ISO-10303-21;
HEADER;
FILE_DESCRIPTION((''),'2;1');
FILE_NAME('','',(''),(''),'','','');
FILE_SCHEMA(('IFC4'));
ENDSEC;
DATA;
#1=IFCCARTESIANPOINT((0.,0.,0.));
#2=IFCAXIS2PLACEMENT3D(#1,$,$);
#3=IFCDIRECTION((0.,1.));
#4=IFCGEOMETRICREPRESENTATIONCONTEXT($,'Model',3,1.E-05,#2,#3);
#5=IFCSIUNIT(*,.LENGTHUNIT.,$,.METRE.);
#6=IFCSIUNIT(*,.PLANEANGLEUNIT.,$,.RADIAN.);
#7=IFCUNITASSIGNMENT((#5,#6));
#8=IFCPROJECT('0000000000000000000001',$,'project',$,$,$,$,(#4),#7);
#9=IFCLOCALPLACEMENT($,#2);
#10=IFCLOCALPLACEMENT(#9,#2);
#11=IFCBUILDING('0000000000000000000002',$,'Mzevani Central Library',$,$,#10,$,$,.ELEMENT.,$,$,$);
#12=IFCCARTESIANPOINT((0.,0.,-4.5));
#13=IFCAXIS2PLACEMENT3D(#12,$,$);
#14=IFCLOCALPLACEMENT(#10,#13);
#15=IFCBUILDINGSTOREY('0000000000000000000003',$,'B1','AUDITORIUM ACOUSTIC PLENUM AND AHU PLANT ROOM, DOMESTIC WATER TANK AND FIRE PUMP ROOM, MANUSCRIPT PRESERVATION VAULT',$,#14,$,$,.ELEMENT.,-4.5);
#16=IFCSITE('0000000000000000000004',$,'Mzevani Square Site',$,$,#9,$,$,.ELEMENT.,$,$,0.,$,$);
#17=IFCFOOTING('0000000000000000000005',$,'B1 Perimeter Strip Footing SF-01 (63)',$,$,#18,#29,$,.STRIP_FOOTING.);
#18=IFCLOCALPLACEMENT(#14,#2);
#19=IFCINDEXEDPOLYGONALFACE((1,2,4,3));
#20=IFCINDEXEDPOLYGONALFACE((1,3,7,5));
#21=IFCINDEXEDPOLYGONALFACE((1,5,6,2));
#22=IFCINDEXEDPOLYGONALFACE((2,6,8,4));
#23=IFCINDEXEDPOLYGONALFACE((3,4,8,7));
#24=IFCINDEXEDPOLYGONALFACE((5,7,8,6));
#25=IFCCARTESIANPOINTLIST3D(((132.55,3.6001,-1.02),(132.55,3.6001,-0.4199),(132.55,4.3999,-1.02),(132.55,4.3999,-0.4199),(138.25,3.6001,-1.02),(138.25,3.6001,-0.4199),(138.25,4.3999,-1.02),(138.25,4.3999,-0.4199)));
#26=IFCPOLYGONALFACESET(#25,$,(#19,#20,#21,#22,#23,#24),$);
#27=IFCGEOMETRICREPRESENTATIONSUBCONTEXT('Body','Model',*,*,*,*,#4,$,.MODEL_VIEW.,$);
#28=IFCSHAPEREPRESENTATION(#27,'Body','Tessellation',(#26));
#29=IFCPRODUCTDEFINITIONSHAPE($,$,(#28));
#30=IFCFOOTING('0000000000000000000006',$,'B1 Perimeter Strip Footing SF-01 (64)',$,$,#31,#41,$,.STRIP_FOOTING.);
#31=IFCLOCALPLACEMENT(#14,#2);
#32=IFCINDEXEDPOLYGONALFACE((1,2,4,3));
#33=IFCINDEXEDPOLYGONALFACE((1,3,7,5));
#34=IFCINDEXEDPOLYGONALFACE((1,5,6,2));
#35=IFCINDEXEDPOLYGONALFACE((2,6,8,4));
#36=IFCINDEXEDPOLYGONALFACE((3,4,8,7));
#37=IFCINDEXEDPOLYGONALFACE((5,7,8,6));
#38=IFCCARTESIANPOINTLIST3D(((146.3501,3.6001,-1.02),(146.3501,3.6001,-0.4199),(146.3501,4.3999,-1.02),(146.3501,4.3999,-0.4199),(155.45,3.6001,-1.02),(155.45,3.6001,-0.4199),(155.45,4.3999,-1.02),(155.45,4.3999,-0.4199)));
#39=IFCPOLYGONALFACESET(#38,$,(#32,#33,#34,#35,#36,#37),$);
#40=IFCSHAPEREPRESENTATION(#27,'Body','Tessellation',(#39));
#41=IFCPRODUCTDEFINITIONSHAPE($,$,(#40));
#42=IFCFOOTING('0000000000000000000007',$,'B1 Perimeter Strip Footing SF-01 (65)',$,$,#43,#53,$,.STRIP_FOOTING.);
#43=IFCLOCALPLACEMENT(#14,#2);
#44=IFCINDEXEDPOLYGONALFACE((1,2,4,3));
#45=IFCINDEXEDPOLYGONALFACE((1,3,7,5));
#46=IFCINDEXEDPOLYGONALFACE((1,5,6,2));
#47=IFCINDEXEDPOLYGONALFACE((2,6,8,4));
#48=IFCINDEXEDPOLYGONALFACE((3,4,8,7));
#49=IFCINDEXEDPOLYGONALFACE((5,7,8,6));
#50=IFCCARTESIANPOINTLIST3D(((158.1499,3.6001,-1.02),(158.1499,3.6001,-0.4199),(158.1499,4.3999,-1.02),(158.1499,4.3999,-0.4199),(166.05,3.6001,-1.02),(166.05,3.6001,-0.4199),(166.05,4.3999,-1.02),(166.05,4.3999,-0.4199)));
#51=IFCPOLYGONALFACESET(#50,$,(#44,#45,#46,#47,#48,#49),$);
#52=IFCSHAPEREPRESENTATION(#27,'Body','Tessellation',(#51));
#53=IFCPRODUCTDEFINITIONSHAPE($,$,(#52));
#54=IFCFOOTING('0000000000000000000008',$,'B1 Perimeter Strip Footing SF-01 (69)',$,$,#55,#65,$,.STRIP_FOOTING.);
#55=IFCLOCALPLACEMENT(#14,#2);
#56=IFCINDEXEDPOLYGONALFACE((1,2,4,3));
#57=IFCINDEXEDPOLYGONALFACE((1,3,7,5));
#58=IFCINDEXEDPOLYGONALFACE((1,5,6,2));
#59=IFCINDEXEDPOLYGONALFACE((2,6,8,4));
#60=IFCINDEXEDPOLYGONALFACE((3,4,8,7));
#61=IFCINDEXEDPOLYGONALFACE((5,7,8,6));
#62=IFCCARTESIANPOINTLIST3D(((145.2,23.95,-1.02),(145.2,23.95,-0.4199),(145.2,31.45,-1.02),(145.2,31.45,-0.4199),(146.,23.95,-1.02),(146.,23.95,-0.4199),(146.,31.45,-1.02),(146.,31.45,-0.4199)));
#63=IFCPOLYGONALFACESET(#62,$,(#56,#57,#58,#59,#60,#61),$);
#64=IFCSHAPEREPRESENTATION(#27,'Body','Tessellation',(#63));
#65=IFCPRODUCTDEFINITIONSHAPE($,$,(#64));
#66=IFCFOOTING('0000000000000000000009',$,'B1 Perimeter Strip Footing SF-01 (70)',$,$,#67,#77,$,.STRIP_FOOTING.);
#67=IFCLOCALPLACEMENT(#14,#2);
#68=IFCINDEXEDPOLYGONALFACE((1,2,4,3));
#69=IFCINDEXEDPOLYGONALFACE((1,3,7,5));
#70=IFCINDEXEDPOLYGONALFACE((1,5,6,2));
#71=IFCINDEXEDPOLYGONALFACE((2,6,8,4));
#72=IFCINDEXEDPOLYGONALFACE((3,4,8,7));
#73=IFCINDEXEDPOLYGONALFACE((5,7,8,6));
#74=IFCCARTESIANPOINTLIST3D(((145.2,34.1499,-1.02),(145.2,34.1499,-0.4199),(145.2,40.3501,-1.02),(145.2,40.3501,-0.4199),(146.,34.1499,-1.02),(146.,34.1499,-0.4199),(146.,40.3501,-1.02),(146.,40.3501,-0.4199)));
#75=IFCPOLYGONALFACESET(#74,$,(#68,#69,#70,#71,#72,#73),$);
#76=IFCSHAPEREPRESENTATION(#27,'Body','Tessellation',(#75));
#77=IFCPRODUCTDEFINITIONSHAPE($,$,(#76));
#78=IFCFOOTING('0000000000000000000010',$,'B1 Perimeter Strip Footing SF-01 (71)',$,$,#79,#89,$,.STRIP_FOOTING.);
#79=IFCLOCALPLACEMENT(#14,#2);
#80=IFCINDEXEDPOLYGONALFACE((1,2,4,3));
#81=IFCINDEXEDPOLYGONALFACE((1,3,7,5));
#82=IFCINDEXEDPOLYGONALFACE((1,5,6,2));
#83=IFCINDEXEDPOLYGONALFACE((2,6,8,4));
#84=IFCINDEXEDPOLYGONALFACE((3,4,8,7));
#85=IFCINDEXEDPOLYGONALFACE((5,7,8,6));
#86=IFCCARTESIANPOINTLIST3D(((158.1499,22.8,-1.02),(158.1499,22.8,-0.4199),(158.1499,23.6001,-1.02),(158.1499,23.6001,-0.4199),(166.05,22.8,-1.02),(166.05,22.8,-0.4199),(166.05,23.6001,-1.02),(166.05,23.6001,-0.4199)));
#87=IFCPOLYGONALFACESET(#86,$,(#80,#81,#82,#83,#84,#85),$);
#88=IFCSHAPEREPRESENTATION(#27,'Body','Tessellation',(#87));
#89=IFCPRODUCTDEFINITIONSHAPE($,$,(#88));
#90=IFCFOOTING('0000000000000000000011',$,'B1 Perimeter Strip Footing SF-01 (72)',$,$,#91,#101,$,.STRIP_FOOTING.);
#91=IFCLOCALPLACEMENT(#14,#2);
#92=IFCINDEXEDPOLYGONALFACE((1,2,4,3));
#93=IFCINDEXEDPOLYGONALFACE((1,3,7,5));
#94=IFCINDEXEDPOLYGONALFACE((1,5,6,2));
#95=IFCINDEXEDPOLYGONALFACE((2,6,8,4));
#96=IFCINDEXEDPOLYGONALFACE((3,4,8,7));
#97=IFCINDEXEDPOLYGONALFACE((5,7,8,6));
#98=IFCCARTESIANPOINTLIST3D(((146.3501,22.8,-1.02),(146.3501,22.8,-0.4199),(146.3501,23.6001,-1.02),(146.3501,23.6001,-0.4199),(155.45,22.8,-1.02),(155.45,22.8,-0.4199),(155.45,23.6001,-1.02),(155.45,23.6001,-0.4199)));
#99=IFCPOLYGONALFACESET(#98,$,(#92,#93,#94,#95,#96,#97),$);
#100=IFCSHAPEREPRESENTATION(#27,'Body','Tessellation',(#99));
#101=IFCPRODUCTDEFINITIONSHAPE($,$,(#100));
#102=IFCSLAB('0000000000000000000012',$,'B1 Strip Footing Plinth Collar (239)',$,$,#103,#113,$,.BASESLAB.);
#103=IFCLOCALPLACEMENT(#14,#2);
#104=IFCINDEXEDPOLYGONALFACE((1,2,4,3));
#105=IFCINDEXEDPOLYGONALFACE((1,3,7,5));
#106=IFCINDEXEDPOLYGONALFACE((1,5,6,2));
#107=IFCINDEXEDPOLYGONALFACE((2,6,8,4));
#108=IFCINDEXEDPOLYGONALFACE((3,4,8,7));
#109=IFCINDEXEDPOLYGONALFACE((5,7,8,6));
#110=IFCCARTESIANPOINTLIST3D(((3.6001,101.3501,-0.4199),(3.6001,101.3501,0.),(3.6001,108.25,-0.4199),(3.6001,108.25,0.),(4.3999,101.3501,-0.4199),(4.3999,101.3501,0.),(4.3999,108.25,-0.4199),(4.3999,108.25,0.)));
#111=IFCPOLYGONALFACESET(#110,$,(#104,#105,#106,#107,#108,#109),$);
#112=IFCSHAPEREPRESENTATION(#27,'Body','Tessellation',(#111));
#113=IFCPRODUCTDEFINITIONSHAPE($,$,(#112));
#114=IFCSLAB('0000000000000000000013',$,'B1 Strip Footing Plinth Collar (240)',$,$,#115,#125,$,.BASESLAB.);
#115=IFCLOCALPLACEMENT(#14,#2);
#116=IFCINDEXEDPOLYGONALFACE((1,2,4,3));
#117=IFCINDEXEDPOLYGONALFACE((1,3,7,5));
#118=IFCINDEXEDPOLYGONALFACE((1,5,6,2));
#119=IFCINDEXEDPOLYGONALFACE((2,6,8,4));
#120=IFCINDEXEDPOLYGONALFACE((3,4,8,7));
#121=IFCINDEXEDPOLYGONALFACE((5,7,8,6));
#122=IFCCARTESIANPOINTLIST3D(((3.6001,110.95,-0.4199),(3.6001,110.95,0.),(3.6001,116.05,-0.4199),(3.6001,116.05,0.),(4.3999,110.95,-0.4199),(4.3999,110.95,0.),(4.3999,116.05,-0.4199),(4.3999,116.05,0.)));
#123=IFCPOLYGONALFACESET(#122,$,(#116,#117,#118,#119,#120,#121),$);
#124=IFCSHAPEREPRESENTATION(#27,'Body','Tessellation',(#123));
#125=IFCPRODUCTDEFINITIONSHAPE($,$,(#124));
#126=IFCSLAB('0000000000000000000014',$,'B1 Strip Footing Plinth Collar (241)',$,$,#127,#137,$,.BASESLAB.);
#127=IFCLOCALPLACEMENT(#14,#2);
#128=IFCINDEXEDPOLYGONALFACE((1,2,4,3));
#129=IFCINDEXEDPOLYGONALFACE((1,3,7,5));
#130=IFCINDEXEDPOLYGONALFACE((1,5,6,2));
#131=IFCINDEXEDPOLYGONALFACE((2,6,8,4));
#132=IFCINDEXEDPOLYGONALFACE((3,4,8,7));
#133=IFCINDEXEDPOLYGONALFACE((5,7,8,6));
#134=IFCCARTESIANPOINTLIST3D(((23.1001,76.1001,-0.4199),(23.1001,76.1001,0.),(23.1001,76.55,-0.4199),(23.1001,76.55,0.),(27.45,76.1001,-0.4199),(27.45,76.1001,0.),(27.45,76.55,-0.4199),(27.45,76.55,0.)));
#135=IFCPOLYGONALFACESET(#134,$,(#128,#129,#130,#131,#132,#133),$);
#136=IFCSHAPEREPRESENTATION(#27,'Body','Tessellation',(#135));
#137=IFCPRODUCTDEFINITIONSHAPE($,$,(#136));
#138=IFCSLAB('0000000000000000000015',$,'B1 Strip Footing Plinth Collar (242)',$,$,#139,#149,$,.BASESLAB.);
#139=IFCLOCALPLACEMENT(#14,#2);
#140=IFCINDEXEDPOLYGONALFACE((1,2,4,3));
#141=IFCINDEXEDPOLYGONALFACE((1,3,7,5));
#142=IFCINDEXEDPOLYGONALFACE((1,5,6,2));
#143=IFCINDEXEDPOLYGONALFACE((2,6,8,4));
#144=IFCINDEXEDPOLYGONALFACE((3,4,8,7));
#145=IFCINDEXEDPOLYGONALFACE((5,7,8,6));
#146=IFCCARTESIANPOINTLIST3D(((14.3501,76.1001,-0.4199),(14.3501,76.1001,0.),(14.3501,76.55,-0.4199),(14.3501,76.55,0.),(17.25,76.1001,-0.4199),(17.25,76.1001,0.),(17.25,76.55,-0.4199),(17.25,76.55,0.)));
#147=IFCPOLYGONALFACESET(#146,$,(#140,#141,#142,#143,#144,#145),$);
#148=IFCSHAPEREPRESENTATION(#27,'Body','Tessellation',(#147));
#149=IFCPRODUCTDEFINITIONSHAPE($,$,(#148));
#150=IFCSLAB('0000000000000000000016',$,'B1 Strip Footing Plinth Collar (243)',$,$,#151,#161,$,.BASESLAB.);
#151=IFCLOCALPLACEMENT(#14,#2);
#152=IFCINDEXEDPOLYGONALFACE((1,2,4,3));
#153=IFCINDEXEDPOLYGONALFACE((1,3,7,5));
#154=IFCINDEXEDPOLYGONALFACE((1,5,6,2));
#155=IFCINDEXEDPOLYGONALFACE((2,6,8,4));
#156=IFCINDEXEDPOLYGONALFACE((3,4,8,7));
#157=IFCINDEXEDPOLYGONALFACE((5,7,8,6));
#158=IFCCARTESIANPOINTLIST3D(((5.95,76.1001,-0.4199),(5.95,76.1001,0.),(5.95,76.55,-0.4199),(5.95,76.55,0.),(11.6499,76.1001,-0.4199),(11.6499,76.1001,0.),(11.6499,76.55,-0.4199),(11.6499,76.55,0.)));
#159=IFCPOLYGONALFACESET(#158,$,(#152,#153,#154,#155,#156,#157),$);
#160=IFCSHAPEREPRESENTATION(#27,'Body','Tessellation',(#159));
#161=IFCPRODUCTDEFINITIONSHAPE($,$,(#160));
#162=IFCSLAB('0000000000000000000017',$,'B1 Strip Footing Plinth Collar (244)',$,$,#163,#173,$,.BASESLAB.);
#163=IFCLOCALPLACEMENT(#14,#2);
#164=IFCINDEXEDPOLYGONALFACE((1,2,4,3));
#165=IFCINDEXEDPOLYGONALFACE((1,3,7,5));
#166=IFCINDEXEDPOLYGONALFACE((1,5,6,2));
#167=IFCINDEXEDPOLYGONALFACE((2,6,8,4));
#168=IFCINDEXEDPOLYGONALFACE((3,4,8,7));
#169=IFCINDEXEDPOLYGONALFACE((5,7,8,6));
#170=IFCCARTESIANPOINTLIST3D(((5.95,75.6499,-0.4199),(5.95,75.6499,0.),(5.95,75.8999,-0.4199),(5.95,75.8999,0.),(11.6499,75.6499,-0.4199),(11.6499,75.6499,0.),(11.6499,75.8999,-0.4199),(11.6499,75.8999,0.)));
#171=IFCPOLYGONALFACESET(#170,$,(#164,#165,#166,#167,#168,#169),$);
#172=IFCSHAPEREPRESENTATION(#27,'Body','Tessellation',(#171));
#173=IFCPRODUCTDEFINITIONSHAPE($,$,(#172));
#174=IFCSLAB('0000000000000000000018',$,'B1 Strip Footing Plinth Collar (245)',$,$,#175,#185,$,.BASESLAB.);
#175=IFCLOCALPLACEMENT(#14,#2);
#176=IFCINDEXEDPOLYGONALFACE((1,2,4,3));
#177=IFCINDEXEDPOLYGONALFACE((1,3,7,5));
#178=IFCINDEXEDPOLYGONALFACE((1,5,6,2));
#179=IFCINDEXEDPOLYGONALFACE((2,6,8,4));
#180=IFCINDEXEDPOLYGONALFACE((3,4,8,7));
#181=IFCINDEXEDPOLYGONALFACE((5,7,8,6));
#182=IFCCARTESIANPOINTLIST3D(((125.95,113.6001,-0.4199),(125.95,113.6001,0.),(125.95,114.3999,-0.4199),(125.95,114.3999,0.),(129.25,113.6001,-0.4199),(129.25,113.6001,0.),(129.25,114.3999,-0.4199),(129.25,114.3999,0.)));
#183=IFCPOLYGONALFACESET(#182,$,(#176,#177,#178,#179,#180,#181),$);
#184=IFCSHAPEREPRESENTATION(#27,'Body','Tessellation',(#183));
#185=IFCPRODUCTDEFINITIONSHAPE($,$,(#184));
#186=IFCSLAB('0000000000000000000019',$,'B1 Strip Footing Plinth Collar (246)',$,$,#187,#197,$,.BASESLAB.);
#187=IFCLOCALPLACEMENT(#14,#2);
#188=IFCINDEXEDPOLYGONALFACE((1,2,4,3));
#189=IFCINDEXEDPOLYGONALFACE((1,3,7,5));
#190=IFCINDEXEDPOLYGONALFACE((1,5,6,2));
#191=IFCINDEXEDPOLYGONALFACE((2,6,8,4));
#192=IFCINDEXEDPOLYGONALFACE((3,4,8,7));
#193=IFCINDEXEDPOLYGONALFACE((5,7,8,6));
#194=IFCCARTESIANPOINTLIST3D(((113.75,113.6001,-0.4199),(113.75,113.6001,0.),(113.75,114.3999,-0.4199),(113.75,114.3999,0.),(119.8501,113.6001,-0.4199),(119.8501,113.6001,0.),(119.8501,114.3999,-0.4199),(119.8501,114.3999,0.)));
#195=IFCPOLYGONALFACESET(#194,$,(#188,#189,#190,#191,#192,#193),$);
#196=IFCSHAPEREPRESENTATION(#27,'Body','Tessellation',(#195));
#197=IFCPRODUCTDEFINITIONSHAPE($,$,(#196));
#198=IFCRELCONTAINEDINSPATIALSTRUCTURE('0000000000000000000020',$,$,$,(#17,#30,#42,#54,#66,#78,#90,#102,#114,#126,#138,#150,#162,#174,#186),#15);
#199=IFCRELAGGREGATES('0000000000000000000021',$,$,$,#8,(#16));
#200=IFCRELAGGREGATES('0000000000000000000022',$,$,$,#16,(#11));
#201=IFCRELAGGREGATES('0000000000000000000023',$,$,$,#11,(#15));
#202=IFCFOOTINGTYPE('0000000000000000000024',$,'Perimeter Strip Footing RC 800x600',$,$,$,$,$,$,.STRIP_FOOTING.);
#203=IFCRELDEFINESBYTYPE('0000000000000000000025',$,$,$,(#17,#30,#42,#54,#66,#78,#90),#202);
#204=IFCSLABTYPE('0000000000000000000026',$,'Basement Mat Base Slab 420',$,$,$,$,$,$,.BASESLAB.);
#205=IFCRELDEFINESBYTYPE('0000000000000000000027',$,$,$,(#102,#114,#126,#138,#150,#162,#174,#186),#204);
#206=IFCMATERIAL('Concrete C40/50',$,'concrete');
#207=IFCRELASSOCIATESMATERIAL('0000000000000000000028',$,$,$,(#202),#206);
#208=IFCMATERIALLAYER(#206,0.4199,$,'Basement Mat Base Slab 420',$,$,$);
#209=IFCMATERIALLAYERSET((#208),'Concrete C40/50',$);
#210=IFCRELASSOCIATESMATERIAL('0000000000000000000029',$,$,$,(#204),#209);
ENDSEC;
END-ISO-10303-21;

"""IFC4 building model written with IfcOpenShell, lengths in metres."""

from ifc_helpers import new_model, si_unit, direction, frame, origin, place, context, subcontext, project, spatial, polyline, outline, extrude, material, layer, layer_set, type_object, element, save


model = new_model("IFC4")

# Units and contexts
model_context = context("Model", 3, precision=1e-05, world=origin(), true_north=direction((0.0, 1.0)))
body_context = subcontext(model_context, "Body", "Model", "MODEL_VIEW")
ifc_project = project(units=[si_unit("LENGTHUNIT", "METRE"), si_unit("PLANEANGLEUNIT", "RADIAN")], contexts=[model_context])

# Site, building, storey
site_placement = place(None, origin())
site = spatial("IfcSite", under=ifc_project, at=site_placement, Name="Mzevani Square Site", CompositionType="ELEMENT", RefElevation=0.0)
building_placement = place(site_placement, origin())
building = spatial("IfcBuilding", under=site, at=building_placement, Name="Mzevani Central Library", CompositionType="ELEMENT")
storey_placement = place(building_placement, frame((0.0, 0.0, -4.5)))
storey = spatial("IfcBuildingStorey", under=building, at=storey_placement, Name="B1", Description="AUDITORIUM ACOUSTIC PLENUM AND AHU PLANT ROOM, DOMESTIC WATER TANK AND FIRE PUMP ROOM, MANUSCRIPT PRESERVATION VAULT", CompositionType="ELEMENT", Elevation=-4.5)

# Footings
ifc_material = material(Name="Concrete C40/50", Category="concrete")
footing_type = type_object("IfcFootingType", Name="Perimeter Strip Footing RC 800x600", PredefinedType="STRIP_FOOTING", material=ifc_material)
footing_1_placement = place(storey_placement, frame((0.0, 0.0, -1.02)))
element("IfcFooting", 1, at=footing_1_placement, inside=storey, type_object=footing_type, Name="B1 Perimeter Strip Footing SF-01 (63)", PredefinedType="STRIP_FOOTING", context=body_context, shape_type="SweptSolid", body=[
    extrude(outline(polyline([(138.25, 3.6001), (132.55, 3.6001), (132.55, 4.3999), (138.25, 4.3999), (138.25, 3.6001)])), origin(), (0.0, 0.0, 1.0), 0.6001),
])
footing_2_placement = place(storey_placement, frame((0.0, 0.0, -1.02)))
element("IfcFooting", 2, at=footing_2_placement, inside=storey, type_object=footing_type, Name="B1 Perimeter Strip Footing SF-01 (64)", PredefinedType="STRIP_FOOTING", context=body_context, shape_type="SweptSolid", body=[
    extrude(outline(polyline([(155.45, 3.6001), (146.3501, 3.6001), (146.3501, 4.3999), (155.45, 4.3999), (155.45, 3.6001)])), origin(), (0.0, 0.0, 1.0), 0.6001),
])
footing_3_placement = place(storey_placement, frame((0.0, 0.0, -1.02)))
element("IfcFooting", 3, at=footing_3_placement, inside=storey, type_object=footing_type, Name="B1 Perimeter Strip Footing SF-01 (65)", PredefinedType="STRIP_FOOTING", context=body_context, shape_type="SweptSolid", body=[
    extrude(outline(polyline([(166.05, 3.6001), (158.1499, 3.6001), (158.1499, 4.3999), (166.05, 4.3999), (166.05, 3.6001)])), origin(), (0.0, 0.0, 1.0), 0.6001),
])
footing_4_placement = place(storey_placement, frame((0.0, 0.0, -1.02)))
element("IfcFooting", 4, at=footing_4_placement, inside=storey, type_object=footing_type, Name="B1 Perimeter Strip Footing SF-01 (69)", PredefinedType="STRIP_FOOTING", context=body_context, shape_type="SweptSolid", body=[
    extrude(outline(polyline([(146.0, 31.45), (146.0, 23.95), (145.2, 23.95), (145.2, 31.45), (146.0, 31.45)])), origin(), (0.0, 0.0, 1.0), 0.6001),
])
footing_5_placement = place(storey_placement, frame((0.0, 0.0, -1.02)))
element("IfcFooting", 5, at=footing_5_placement, inside=storey, type_object=footing_type, Name="B1 Perimeter Strip Footing SF-01 (70)", PredefinedType="STRIP_FOOTING", context=body_context, shape_type="SweptSolid", body=[
    extrude(outline(polyline([(146.0, 40.3501), (146.0, 34.1499), (145.2, 34.1499), (145.2, 40.3501), (146.0, 40.3501)])), origin(), (0.0, 0.0, 1.0), 0.6001),
])
footing_6_placement = place(storey_placement, frame((0.0, 0.0, -1.02)))
element("IfcFooting", 6, at=footing_6_placement, inside=storey, type_object=footing_type, Name="B1 Perimeter Strip Footing SF-01 (71)", PredefinedType="STRIP_FOOTING", context=body_context, shape_type="SweptSolid", body=[
    extrude(outline(polyline([(158.1499, 23.6001), (166.05, 23.6001), (166.05, 22.8), (158.1499, 22.8), (158.1499, 23.6001)])), origin(), (0.0, 0.0, 1.0), 0.6001),
])
footing_7_placement = place(storey_placement, frame((0.0, 0.0, -1.02)))
element("IfcFooting", 7, at=footing_7_placement, inside=storey, type_object=footing_type, Name="B1 Perimeter Strip Footing SF-01 (72)", PredefinedType="STRIP_FOOTING", context=body_context, shape_type="SweptSolid", body=[
    extrude(outline(polyline([(146.3501, 23.6001), (155.45, 23.6001), (155.45, 22.8), (146.3501, 22.8), (146.3501, 23.6001)])), origin(), (0.0, 0.0, 1.0), 0.6001),
])

# Slabs
ifc_layer = layer(ifc_material, 0.4199, Name="Basement Mat Base Slab 420")
ifc_layer_set = layer_set([ifc_layer], Name="Concrete C40/50")
slab_type = type_object("IfcSlabType", Name="Basement Mat Base Slab 420", PredefinedType="BASESLAB", material=ifc_layer_set)
slab_1_placement = place(storey_placement, frame((0.0, 0.0, -0.4199)))
element("IfcSlab", 8, at=slab_1_placement, inside=storey, type_object=slab_type, Name="B1 Strip Footing Plinth Collar (239)", PredefinedType="BASESLAB", context=body_context, shape_type="SweptSolid", body=[
    extrude(outline(polyline([(3.6001, 101.3501), (3.6001, 108.25), (4.3999, 108.25), (4.3999, 101.3501), (3.6001, 101.3501)])), origin(), (0.0, 0.0, 1.0), 0.4199),
])
slab_2_placement = place(storey_placement, frame((0.0, 0.0, -0.4199)))
element("IfcSlab", 9, at=slab_2_placement, inside=storey, type_object=slab_type, Name="B1 Strip Footing Plinth Collar (240)", PredefinedType="BASESLAB", context=body_context, shape_type="SweptSolid", body=[
    extrude(outline(polyline([(3.6001, 110.95), (3.6001, 116.05), (4.3999, 116.05), (4.3999, 110.95), (3.6001, 110.95)])), origin(), (0.0, 0.0, 1.0), 0.4199),
])
slab_3_placement = place(storey_placement, frame((0.0, 0.0, -0.4199)))
element("IfcSlab", 10, at=slab_3_placement, inside=storey, type_object=slab_type, Name="B1 Strip Footing Plinth Collar (241)", PredefinedType="BASESLAB", context=body_context, shape_type="SweptSolid", body=[
    extrude(outline(polyline([(27.45, 76.1001), (23.1001, 76.1001), (23.1001, 76.55), (27.45, 76.55), (27.45, 76.1001)])), origin(), (0.0, 0.0, 1.0), 0.4199),
])
slab_4_placement = place(storey_placement, frame((0.0, 0.0, -0.4199)))
element("IfcSlab", 11, at=slab_4_placement, inside=storey, type_object=slab_type, Name="B1 Strip Footing Plinth Collar (242)", PredefinedType="BASESLAB", context=body_context, shape_type="SweptSolid", body=[
    extrude(outline(polyline([(17.25, 76.1001), (14.3501, 76.1001), (14.3501, 76.55), (17.25, 76.55), (17.25, 76.1001)])), origin(), (0.0, 0.0, 1.0), 0.4199),
])
slab_5_placement = place(storey_placement, frame((0.0, 0.0, -0.4199)))
element("IfcSlab", 12, at=slab_5_placement, inside=storey, type_object=slab_type, Name="B1 Strip Footing Plinth Collar (243)", PredefinedType="BASESLAB", context=body_context, shape_type="SweptSolid", body=[
    extrude(outline(polyline([(11.6499, 76.1001), (5.95, 76.1001), (5.95, 76.55), (11.6499, 76.55), (11.6499, 76.1001)])), origin(), (0.0, 0.0, 1.0), 0.4199),
])
slab_6_placement = place(storey_placement, frame((0.0, 0.0, -0.4199)))
element("IfcSlab", 13, at=slab_6_placement, inside=storey, type_object=slab_type, Name="B1 Strip Footing Plinth Collar (244)", PredefinedType="BASESLAB", context=body_context, shape_type="SweptSolid", body=[
    extrude(outline(polyline([(11.6499, 75.6499), (5.95, 75.6499), (5.95, 75.8999), (11.6499, 75.8999), (11.6499, 75.6499)])), origin(), (0.0, 0.0, 1.0), 0.4199),
])
slab_7_placement = place(storey_placement, frame((0.0, 0.0, -0.4199)))
element("IfcSlab", 14, at=slab_7_placement, inside=storey, type_object=slab_type, Name="B1 Strip Footing Plinth Collar (245)", PredefinedType="BASESLAB", context=body_context, shape_type="SweptSolid", body=[
    extrude(outline(polyline([(129.25, 113.6001), (125.95, 113.6001), (125.95, 114.3999), (129.25, 114.3999), (129.25, 113.6001)])), origin(), (0.0, 0.0, 1.0), 0.4199),
])
slab_8_placement = place(storey_placement, frame((0.0, 0.0, -0.4199)))
element("IfcSlab", 15, at=slab_8_placement, inside=storey, type_object=slab_type, Name="B1 Strip Footing Plinth Collar (246)", PredefinedType="BASESLAB", context=body_context, shape_type="SweptSolid", body=[
    extrude(outline(polyline([(119.8501, 113.6001), (113.75, 113.6001), (113.75, 114.3999), (119.8501, 114.3999), (119.8501, 113.6001)])), origin(), (0.0, 0.0, 1.0), 0.4199),
])

save(model, "model.ifc")
